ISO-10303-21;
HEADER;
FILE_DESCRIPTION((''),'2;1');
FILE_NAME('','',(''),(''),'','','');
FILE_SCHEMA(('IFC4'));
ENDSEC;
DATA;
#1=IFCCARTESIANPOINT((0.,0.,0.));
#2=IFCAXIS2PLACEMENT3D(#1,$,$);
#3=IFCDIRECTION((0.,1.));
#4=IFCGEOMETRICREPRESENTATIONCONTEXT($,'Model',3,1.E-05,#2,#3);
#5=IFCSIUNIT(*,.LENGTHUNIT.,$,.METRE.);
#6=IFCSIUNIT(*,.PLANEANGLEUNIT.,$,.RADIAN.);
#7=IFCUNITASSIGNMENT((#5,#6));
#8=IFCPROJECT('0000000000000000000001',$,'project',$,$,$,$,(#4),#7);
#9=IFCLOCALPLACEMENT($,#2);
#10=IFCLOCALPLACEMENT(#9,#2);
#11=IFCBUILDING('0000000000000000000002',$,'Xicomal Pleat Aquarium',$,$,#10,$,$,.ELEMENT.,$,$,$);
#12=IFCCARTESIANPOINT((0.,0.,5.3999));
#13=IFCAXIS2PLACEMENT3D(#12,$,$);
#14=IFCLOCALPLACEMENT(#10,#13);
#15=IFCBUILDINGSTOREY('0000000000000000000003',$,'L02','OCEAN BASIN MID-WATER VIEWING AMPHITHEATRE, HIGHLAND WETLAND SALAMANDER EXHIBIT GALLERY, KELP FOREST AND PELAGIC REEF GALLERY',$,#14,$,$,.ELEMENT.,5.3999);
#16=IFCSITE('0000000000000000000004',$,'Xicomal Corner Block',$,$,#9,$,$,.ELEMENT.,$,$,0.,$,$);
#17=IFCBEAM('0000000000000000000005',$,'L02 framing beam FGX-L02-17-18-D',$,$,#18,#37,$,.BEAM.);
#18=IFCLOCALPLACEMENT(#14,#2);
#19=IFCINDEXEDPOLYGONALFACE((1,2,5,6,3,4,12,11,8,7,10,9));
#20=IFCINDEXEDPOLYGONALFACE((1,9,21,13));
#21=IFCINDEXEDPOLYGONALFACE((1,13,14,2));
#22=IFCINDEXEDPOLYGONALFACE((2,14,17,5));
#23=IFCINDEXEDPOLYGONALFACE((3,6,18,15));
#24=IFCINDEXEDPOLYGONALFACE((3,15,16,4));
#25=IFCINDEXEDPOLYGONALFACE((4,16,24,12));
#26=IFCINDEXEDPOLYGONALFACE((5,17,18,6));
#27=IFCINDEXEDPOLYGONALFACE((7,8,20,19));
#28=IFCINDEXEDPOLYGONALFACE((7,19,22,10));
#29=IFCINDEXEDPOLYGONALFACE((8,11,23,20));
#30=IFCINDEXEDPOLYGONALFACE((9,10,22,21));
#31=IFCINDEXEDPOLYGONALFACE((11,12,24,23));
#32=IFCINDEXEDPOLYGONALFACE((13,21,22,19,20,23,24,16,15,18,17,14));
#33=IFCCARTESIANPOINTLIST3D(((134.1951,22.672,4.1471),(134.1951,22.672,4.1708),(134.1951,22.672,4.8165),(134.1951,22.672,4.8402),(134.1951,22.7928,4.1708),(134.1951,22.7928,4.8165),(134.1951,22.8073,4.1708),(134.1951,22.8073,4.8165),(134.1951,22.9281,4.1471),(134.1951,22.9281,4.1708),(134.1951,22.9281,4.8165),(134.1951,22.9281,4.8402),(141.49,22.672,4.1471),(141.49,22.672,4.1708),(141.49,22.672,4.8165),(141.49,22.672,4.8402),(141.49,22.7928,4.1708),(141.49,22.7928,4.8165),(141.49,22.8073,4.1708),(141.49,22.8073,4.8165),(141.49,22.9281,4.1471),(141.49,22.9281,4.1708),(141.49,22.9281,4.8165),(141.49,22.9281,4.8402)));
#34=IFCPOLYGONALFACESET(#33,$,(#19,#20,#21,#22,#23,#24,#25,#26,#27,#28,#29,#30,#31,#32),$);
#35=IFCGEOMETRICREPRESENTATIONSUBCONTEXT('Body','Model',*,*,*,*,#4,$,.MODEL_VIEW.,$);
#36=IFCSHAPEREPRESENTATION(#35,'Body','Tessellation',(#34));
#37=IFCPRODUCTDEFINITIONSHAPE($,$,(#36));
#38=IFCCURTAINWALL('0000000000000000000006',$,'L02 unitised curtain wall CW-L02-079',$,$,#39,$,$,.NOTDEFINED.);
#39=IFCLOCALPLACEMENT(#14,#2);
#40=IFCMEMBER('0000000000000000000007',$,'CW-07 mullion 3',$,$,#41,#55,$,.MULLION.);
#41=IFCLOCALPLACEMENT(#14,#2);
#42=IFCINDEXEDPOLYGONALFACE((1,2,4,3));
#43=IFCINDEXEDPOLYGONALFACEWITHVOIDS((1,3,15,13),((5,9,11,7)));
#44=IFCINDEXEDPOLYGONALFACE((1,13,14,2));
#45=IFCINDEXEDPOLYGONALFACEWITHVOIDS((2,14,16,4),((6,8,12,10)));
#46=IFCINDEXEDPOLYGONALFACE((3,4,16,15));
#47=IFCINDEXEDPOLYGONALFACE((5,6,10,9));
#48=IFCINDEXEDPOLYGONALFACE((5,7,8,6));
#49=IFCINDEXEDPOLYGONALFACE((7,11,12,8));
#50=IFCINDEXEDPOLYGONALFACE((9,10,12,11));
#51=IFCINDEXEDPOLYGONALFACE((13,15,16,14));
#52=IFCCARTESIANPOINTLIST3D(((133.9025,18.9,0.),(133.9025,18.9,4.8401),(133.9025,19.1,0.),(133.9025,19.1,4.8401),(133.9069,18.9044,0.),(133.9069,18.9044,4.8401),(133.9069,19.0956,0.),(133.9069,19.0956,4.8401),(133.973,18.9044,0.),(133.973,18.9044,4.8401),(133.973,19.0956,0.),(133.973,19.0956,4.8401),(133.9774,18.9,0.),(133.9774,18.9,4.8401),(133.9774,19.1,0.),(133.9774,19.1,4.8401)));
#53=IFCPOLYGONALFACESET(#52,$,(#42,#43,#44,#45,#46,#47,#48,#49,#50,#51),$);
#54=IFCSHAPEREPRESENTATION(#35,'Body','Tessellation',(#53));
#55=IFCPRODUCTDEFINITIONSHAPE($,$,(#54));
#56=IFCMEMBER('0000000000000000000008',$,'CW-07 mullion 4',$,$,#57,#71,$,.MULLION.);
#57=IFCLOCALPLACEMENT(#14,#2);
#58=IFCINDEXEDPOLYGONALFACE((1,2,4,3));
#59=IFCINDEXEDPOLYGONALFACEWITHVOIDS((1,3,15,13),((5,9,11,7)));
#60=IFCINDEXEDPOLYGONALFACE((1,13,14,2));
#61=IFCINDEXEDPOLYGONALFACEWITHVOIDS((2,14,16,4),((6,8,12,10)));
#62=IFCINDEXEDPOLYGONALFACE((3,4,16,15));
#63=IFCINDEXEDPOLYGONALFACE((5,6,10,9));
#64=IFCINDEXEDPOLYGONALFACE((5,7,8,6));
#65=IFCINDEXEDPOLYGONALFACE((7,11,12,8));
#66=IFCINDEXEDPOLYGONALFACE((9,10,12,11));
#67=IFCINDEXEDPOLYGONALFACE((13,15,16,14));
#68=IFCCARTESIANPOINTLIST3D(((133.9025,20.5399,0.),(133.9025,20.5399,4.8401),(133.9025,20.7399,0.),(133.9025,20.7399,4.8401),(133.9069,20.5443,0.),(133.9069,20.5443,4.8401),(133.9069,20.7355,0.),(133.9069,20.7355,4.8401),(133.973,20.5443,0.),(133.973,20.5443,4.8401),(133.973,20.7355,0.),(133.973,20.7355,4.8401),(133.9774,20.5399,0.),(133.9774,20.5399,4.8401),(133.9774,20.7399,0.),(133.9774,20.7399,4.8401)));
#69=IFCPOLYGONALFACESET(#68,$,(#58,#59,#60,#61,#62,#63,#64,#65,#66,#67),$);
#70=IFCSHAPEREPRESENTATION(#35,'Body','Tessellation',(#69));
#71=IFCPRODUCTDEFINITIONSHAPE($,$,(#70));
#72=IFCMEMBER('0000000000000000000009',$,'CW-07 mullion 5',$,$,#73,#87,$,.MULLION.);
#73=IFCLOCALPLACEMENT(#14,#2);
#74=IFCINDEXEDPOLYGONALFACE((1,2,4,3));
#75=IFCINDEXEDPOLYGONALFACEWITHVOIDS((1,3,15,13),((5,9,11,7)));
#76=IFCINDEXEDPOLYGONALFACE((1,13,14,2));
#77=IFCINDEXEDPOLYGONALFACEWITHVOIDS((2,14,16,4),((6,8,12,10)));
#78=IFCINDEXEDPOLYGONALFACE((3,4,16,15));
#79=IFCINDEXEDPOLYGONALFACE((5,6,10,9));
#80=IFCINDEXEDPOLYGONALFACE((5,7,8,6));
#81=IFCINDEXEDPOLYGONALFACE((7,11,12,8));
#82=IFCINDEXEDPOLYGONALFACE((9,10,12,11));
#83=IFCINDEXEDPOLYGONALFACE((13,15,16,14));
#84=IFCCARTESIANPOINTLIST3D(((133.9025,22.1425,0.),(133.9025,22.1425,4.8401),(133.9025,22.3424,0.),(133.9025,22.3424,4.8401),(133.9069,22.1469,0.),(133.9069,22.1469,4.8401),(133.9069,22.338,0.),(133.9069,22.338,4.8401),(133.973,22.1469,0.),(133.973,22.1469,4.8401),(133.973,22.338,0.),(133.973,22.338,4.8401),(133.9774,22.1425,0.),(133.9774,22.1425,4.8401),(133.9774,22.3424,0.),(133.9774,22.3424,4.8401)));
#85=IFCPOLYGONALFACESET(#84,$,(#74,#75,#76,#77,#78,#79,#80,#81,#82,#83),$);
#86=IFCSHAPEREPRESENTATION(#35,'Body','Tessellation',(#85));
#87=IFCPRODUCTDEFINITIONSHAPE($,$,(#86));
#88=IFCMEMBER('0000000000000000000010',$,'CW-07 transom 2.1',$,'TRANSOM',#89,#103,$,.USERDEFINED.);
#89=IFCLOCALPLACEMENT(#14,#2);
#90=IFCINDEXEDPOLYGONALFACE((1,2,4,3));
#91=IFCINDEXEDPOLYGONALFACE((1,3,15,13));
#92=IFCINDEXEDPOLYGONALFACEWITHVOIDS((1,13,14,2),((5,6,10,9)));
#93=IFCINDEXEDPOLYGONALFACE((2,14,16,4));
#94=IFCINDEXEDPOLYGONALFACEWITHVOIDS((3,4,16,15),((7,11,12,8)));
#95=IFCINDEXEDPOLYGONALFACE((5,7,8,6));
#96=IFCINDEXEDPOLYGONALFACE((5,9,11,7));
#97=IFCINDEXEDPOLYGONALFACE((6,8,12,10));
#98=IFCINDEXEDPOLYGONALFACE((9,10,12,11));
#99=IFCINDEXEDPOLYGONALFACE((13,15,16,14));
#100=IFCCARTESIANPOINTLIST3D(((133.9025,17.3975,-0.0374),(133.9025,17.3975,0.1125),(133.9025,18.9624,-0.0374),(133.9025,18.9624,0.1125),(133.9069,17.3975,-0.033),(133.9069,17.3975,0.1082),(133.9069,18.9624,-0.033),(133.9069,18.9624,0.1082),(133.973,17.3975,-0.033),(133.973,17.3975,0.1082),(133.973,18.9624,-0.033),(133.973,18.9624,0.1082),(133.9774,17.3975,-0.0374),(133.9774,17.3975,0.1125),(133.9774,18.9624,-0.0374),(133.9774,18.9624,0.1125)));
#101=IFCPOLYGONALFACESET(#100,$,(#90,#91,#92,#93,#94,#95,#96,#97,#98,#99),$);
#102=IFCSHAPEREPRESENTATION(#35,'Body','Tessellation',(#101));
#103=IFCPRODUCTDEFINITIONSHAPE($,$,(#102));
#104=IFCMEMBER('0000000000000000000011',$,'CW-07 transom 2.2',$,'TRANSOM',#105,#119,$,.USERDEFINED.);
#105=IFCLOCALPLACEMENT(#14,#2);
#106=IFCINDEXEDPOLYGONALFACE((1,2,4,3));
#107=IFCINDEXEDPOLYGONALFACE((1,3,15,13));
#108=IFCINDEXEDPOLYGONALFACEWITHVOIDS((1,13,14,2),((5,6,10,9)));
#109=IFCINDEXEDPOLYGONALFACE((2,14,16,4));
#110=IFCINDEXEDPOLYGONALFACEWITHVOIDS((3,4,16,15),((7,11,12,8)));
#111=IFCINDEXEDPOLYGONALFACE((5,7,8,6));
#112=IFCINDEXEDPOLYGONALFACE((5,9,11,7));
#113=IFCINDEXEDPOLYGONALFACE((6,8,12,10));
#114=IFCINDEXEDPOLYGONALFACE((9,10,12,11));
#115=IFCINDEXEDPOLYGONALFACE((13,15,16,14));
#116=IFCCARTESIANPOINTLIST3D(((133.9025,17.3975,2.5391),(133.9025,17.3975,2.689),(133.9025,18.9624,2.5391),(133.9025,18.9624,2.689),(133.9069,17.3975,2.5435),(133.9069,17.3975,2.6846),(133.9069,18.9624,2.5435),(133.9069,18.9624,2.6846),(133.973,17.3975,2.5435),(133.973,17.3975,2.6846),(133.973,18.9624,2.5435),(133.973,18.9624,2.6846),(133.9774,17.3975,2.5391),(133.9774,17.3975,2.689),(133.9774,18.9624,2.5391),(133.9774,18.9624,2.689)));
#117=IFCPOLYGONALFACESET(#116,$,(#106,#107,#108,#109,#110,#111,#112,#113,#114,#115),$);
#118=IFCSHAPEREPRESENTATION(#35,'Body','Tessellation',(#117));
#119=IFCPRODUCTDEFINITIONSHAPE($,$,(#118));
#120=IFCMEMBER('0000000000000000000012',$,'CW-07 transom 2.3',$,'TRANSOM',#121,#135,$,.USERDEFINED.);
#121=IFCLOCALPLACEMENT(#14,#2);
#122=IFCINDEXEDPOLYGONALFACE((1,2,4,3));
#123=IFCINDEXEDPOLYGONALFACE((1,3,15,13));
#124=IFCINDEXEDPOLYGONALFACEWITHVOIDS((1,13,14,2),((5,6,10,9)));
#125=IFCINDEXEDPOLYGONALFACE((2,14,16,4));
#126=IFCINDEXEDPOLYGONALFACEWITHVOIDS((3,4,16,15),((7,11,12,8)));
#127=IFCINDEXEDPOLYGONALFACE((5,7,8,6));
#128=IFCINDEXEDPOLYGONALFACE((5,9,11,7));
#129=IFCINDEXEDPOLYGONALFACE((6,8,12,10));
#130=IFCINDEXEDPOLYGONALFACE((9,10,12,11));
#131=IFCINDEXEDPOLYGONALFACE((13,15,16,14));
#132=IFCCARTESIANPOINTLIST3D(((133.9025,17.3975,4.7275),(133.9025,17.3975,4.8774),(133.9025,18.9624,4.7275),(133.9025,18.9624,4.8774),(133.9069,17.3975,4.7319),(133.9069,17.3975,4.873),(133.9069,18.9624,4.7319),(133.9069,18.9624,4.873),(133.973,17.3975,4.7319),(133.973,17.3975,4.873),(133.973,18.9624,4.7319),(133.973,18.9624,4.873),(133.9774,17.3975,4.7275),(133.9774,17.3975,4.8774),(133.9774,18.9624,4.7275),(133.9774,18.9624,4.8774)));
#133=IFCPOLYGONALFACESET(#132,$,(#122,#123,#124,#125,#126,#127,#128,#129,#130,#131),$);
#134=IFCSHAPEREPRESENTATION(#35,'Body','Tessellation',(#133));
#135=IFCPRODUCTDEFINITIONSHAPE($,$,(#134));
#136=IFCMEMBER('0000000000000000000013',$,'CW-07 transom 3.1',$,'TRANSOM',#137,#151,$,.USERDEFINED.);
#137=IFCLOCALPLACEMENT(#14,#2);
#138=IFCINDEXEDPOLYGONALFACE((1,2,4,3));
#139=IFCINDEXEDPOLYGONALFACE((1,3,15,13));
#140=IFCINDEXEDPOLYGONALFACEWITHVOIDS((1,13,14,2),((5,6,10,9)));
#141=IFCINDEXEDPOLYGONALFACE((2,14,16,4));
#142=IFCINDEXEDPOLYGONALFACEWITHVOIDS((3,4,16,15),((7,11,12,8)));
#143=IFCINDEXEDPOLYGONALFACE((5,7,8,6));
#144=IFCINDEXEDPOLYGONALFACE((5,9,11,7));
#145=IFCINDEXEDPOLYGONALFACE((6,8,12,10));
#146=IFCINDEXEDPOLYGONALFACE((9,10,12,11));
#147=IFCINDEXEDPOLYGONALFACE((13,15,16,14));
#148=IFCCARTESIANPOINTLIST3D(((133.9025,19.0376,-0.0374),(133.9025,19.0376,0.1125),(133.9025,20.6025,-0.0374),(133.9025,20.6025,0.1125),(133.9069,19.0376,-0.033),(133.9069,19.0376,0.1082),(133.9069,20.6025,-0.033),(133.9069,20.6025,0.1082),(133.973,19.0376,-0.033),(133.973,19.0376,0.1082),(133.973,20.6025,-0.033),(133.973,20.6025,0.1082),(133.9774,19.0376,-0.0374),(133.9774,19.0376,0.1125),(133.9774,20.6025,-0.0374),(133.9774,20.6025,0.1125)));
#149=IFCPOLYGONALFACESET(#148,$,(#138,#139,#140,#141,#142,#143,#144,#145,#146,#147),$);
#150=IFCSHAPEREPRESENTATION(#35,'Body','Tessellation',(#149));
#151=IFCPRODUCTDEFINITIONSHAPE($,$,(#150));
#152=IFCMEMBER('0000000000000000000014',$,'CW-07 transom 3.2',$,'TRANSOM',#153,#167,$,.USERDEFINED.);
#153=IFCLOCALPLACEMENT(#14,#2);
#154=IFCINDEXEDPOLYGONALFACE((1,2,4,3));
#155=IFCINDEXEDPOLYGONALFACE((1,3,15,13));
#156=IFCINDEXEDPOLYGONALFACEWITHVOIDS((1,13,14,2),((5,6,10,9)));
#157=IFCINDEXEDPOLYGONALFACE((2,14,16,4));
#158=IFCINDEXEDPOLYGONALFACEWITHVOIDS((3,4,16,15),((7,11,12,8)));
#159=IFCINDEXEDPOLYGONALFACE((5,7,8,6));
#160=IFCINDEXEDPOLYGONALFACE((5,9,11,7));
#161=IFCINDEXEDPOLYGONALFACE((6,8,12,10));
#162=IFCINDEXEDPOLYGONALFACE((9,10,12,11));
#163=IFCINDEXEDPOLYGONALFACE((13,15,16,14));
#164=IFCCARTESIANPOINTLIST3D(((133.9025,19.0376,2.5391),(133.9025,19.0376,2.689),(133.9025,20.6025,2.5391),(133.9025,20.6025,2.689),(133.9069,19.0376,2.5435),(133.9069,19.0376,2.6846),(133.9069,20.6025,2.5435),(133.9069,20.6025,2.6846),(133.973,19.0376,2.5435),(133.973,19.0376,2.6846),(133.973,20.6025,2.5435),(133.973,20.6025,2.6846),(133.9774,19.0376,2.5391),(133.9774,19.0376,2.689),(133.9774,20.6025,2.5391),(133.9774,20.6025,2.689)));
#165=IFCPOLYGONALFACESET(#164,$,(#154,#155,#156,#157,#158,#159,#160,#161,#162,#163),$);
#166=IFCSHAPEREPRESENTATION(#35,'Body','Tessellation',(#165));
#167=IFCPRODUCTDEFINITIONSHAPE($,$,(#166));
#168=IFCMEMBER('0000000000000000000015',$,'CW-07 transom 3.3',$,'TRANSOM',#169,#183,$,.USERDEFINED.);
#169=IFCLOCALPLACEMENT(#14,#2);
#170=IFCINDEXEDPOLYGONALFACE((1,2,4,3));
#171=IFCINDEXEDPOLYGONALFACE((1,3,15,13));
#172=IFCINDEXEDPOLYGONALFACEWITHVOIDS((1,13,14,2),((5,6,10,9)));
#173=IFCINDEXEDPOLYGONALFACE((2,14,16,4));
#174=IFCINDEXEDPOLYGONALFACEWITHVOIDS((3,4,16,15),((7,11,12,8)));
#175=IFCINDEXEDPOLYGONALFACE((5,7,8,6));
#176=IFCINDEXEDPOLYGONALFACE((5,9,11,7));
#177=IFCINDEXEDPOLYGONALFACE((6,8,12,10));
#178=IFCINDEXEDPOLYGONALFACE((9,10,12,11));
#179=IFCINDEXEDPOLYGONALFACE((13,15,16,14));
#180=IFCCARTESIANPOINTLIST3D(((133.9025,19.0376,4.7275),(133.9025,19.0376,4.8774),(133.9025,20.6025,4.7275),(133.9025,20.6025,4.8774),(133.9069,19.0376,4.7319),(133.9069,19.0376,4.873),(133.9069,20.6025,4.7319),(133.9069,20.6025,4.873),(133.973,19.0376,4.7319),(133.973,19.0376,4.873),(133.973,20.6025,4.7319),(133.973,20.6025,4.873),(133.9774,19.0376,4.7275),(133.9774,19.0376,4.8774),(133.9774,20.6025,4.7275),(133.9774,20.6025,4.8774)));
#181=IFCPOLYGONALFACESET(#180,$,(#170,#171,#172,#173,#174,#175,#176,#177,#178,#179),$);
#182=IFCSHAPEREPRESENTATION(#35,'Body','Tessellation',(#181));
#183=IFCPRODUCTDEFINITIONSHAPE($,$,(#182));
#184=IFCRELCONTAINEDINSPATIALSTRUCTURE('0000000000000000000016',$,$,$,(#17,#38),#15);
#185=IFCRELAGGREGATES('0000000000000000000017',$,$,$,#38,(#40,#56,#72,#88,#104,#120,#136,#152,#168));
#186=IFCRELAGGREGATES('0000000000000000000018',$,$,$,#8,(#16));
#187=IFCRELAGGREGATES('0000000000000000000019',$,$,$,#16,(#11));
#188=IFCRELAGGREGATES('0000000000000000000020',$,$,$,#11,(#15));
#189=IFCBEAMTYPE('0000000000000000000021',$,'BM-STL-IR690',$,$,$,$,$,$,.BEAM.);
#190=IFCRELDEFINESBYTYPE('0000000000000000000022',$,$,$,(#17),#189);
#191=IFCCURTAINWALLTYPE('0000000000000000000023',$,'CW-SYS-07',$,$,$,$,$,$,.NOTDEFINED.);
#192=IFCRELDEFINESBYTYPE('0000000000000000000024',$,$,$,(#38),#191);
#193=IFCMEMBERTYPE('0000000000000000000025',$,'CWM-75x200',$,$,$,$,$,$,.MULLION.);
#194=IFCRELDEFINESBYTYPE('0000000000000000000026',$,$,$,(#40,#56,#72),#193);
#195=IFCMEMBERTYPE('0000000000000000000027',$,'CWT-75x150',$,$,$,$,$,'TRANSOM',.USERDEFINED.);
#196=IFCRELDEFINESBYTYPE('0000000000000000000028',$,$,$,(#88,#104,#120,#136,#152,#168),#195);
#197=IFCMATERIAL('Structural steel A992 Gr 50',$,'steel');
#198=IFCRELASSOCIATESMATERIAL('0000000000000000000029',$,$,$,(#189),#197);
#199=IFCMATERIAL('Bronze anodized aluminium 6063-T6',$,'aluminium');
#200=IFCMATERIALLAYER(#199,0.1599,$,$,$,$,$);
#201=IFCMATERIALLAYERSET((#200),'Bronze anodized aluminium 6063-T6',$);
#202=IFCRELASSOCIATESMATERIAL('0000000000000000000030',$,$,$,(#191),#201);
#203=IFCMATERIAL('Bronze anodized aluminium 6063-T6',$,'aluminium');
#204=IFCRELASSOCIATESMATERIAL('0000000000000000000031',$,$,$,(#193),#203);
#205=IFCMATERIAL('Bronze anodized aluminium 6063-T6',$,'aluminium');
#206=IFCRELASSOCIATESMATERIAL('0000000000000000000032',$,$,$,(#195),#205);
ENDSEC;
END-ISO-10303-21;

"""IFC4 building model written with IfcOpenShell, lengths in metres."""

from ifc_helpers import new_model, si_unit, direction, frame, origin, origin_2d, place, context, subcontext, project, spatial, hollow_rectangle, i_section, extrude, material, layer, layer_set, material_profile, profile_set, type_object, element, aggregate, save


model = new_model("IFC4")

# Units and contexts
model_context = context("Model", 3, precision=1e-05, world=origin(), true_north=direction((0.0, 1.0)))
body_context = subcontext(model_context, "Body", "Model", "MODEL_VIEW")
ifc_project = project(units=[si_unit("LENGTHUNIT", "METRE"), si_unit("PLANEANGLEUNIT", "RADIAN")], contexts=[model_context])

# Site, building, storey
site_placement = place(None, origin())
site = spatial("IfcSite", under=ifc_project, at=site_placement, Name="Xicomal Corner Block", CompositionType="ELEMENT", RefElevation=0.0)
building_placement = place(site_placement, origin())
building = spatial("IfcBuilding", under=site, at=building_placement, Name="Xicomal Pleat Aquarium", CompositionType="ELEMENT")
storey_placement = place(building_placement, frame((0.0, 0.0, 5.3999)))
storey = spatial("IfcBuildingStorey", under=building, at=storey_placement, Name="L02", Description="OCEAN BASIN MID-WATER VIEWING AMPHITHEATRE, HIGHLAND WETLAND SALAMANDER EXHIBIT GALLERY, KELP FOREST AND PELAGIC REEF GALLERY", CompositionType="ELEMENT", Elevation=5.3999)

# Beam
ifc_material_1 = material(Name="Structural steel A992 Gr 50", Category="steel")
ifc_material_profile_1 = material_profile(ifc_material_1, i_section(OverallWidth=0.2561, OverallDepth=0.6931, WebThickness=0.0144, FlangeThickness=0.0237, at=origin_2d()), Name="IR 690x170")
ifc_profile_set_1 = profile_set([ifc_material_profile_1], Name="Structural steel A992 Gr 50")
beam_type = type_object("IfcBeamType", Name="BM-STL-IR690", PredefinedType="BEAM", material=ifc_profile_set_1)
beam_placement = place(storey_placement, frame((134.1951, 22.8, 4.4937), z_axis=(1.0, 0.0, 0.0), x_axis=(0.0, 1.0, 0.0)))
element("IfcBeam", 1, at=beam_placement, inside=storey, type_object=beam_type, Name="L02 framing beam FGX-L02-17-18-D", PredefinedType="BEAM", context=body_context, shape_type="SweptSolid", body=[
    extrude(i_section(OverallWidth=0.2561, OverallDepth=0.6931, WebThickness=0.0144, FlangeThickness=0.0237, at=origin_2d()), origin(), (0.0, 0.0, 1.0), 7.2949),
])

# Curtain wall, members
ifc_material_2 = material(Name="Bronze anodized aluminium 6063-T6", Category="aluminium")
ifc_layer_1 = layer(ifc_material_2, 0.1599)
ifc_layer_set_1 = layer_set([ifc_layer_1], Name="Bronze anodized aluminium 6063-T6")
curtain_wall_type = type_object("IfcCurtainWallType", Name="CW-SYS-07", PredefinedType="NOTDEFINED", material=ifc_layer_set_1)
curtain_wall_placement = place(storey_placement, origin())
curtain_wall = element("IfcCurtainWall", 2, at=curtain_wall_placement, inside=storey, type_object=curtain_wall_type, Name="L02 unitised curtain wall CW-L02-079", PredefinedType="NOTDEFINED")
ifc_material_3 = material(Name="Bronze anodized aluminium 6063-T6", Category="aluminium")
ifc_material_profile_2 = material_profile(ifc_material_3, hollow_rectangle(XDim=0.075, YDim=0.2, WallThickness=0.0044, at=origin_2d()), Name="ALU MULL 75x200")
ifc_profile_set_2 = profile_set([ifc_material_profile_2], Name="Bronze anodized aluminium 6063-T6")
member_type_1 = type_object("IfcMemberType", Name="CWM-75x200", PredefinedType="MULLION", material=ifc_profile_set_2)
member_1_placement = place(storey_placement, frame((133.9399, 19.0, 0.0), z_axis=(0.0, 0.0, 1.0), x_axis=(-1.0, 0.0, 0.0)))
member_1 = element("IfcMember", 3, at=member_1_placement, type_object=member_type_1, Name="CW-07 mullion 3", PredefinedType="MULLION", context=body_context, shape_type="SweptSolid", body=[
    extrude(hollow_rectangle(XDim=0.075, YDim=0.2, WallThickness=0.0044, at=origin_2d()), origin(), (0.0, 0.0, 1.0), 4.8401),
])
member_2_placement = place(storey_placement, frame((133.9399, 20.6399, 0.0), z_axis=(0.0, 0.0, 1.0), x_axis=(-1.0, 0.0, 0.0)))
member_2 = element("IfcMember", 4, at=member_2_placement, type_object=member_type_1, Name="CW-07 mullion 4", PredefinedType="MULLION", context=body_context, shape_type="SweptSolid", body=[
    extrude(hollow_rectangle(XDim=0.075, YDim=0.2, WallThickness=0.0044, at=origin_2d()), origin(), (0.0, 0.0, 1.0), 4.8401),
])
member_3_placement = place(storey_placement, frame((133.9399, 22.2424, 0.0), z_axis=(0.0, 0.0, 1.0), x_axis=(-1.0, 0.0, 0.0)))
member_3 = element("IfcMember", 5, at=member_3_placement, type_object=member_type_1, Name="CW-07 mullion 5", PredefinedType="MULLION", context=body_context, shape_type="SweptSolid", body=[
    extrude(hollow_rectangle(XDim=0.075, YDim=0.2, WallThickness=0.0044, at=origin_2d()), origin(), (0.0, 0.0, 1.0), 4.8401),
])
ifc_material_4 = material(Name="Bronze anodized aluminium 6063-T6", Category="aluminium")
ifc_material_profile_3 = material_profile(ifc_material_4, hollow_rectangle(XDim=0.075, YDim=0.1499, WallThickness=0.0044, at=origin_2d()), Name="ALU TRAN 75x150")
ifc_profile_set_3 = profile_set([ifc_material_profile_3], Name="Bronze anodized aluminium 6063-T6")
member_type_2 = type_object("IfcMemberType", Name="CWT-75x150", ElementType="TRANSOM", PredefinedType="USERDEFINED", material=ifc_profile_set_3)
member_4_placement = place(storey_placement, frame((133.9399, 17.3975, 0.0376), z_axis=(0.0, 1.0, 0.0), x_axis=(-1.0, 0.0, 0.0)))
member_4 = element("IfcMember", 6, at=member_4_placement, type_object=member_type_2, Name="CW-07 transom 2.1", ObjectType="TRANSOM", PredefinedType="USERDEFINED", context=body_context, shape_type="SweptSolid", body=[
    extrude(hollow_rectangle(XDim=0.075, YDim=0.1499, WallThickness=0.0044, at=origin_2d()), origin(), (0.0, 0.0, 1.0), 1.5649),
])
member_5_placement = place(storey_placement, frame((133.9399, 17.3975, 2.614), z_axis=(0.0, 1.0, 0.0), x_axis=(-1.0, 0.0, 0.0)))
member_5 = element("IfcMember", 7, at=member_5_placement, type_object=member_type_2, Name="CW-07 transom 2.2", ObjectType="TRANSOM", PredefinedType="USERDEFINED", context=body_context, shape_type="SweptSolid", body=[
    extrude(hollow_rectangle(XDim=0.075, YDim=0.1499, WallThickness=0.0044, at=origin_2d()), origin(), (0.0, 0.0, 1.0), 1.5649),
])
member_6_placement = place(storey_placement, frame((133.9399, 17.3975, 4.8025), z_axis=(0.0, 1.0, 0.0), x_axis=(-1.0, 0.0, 0.0)))
member_6 = element("IfcMember", 8, at=member_6_placement, type_object=member_type_2, Name="CW-07 transom 2.3", ObjectType="TRANSOM", PredefinedType="USERDEFINED", context=body_context, shape_type="SweptSolid", body=[
    extrude(hollow_rectangle(XDim=0.075, YDim=0.1499, WallThickness=0.0044, at=origin_2d()), origin(), (0.0, 0.0, 1.0), 1.5649),
])
member_7_placement = place(storey_placement, frame((133.9399, 19.0376, 0.0376), z_axis=(0.0, 1.0, 0.0), x_axis=(-1.0, 0.0, 0.0)))
member_7 = element("IfcMember", 9, at=member_7_placement, type_object=member_type_2, Name="CW-07 transom 3.1", ObjectType="TRANSOM", PredefinedType="USERDEFINED", context=body_context, shape_type="SweptSolid", body=[
    extrude(hollow_rectangle(XDim=0.075, YDim=0.1499, WallThickness=0.0044, at=origin_2d()), origin(), (0.0, 0.0, 1.0), 1.5649),
])
member_8_placement = place(storey_placement, frame((133.9399, 19.0376, 2.614), z_axis=(0.0, 1.0, 0.0), x_axis=(-1.0, 0.0, 0.0)))
member_8 = element("IfcMember", 10, at=member_8_placement, type_object=member_type_2, Name="CW-07 transom 3.2", ObjectType="TRANSOM", PredefinedType="USERDEFINED", context=body_context, shape_type="SweptSolid", body=[
    extrude(hollow_rectangle(XDim=0.075, YDim=0.1499, WallThickness=0.0044, at=origin_2d()), origin(), (0.0, 0.0, 1.0), 1.5649),
])
member_9_placement = place(storey_placement, frame((133.9399, 19.0376, 4.8025), z_axis=(0.0, 1.0, 0.0), x_axis=(-1.0, 0.0, 0.0)))
member_9 = element("IfcMember", 11, at=member_9_placement, type_object=member_type_2, Name="CW-07 transom 3.3", ObjectType="TRANSOM", PredefinedType="USERDEFINED", context=body_context, shape_type="SweptSolid", body=[
    extrude(hollow_rectangle(XDim=0.075, YDim=0.1499, WallThickness=0.0044, at=origin_2d()), origin(), (0.0, 0.0, 1.0), 1.5649),
])
aggregate(curtain_wall, [member_1, member_2, member_3, member_4, member_5, member_6, member_7, member_8, member_9])

save(model, "model.ifc")
